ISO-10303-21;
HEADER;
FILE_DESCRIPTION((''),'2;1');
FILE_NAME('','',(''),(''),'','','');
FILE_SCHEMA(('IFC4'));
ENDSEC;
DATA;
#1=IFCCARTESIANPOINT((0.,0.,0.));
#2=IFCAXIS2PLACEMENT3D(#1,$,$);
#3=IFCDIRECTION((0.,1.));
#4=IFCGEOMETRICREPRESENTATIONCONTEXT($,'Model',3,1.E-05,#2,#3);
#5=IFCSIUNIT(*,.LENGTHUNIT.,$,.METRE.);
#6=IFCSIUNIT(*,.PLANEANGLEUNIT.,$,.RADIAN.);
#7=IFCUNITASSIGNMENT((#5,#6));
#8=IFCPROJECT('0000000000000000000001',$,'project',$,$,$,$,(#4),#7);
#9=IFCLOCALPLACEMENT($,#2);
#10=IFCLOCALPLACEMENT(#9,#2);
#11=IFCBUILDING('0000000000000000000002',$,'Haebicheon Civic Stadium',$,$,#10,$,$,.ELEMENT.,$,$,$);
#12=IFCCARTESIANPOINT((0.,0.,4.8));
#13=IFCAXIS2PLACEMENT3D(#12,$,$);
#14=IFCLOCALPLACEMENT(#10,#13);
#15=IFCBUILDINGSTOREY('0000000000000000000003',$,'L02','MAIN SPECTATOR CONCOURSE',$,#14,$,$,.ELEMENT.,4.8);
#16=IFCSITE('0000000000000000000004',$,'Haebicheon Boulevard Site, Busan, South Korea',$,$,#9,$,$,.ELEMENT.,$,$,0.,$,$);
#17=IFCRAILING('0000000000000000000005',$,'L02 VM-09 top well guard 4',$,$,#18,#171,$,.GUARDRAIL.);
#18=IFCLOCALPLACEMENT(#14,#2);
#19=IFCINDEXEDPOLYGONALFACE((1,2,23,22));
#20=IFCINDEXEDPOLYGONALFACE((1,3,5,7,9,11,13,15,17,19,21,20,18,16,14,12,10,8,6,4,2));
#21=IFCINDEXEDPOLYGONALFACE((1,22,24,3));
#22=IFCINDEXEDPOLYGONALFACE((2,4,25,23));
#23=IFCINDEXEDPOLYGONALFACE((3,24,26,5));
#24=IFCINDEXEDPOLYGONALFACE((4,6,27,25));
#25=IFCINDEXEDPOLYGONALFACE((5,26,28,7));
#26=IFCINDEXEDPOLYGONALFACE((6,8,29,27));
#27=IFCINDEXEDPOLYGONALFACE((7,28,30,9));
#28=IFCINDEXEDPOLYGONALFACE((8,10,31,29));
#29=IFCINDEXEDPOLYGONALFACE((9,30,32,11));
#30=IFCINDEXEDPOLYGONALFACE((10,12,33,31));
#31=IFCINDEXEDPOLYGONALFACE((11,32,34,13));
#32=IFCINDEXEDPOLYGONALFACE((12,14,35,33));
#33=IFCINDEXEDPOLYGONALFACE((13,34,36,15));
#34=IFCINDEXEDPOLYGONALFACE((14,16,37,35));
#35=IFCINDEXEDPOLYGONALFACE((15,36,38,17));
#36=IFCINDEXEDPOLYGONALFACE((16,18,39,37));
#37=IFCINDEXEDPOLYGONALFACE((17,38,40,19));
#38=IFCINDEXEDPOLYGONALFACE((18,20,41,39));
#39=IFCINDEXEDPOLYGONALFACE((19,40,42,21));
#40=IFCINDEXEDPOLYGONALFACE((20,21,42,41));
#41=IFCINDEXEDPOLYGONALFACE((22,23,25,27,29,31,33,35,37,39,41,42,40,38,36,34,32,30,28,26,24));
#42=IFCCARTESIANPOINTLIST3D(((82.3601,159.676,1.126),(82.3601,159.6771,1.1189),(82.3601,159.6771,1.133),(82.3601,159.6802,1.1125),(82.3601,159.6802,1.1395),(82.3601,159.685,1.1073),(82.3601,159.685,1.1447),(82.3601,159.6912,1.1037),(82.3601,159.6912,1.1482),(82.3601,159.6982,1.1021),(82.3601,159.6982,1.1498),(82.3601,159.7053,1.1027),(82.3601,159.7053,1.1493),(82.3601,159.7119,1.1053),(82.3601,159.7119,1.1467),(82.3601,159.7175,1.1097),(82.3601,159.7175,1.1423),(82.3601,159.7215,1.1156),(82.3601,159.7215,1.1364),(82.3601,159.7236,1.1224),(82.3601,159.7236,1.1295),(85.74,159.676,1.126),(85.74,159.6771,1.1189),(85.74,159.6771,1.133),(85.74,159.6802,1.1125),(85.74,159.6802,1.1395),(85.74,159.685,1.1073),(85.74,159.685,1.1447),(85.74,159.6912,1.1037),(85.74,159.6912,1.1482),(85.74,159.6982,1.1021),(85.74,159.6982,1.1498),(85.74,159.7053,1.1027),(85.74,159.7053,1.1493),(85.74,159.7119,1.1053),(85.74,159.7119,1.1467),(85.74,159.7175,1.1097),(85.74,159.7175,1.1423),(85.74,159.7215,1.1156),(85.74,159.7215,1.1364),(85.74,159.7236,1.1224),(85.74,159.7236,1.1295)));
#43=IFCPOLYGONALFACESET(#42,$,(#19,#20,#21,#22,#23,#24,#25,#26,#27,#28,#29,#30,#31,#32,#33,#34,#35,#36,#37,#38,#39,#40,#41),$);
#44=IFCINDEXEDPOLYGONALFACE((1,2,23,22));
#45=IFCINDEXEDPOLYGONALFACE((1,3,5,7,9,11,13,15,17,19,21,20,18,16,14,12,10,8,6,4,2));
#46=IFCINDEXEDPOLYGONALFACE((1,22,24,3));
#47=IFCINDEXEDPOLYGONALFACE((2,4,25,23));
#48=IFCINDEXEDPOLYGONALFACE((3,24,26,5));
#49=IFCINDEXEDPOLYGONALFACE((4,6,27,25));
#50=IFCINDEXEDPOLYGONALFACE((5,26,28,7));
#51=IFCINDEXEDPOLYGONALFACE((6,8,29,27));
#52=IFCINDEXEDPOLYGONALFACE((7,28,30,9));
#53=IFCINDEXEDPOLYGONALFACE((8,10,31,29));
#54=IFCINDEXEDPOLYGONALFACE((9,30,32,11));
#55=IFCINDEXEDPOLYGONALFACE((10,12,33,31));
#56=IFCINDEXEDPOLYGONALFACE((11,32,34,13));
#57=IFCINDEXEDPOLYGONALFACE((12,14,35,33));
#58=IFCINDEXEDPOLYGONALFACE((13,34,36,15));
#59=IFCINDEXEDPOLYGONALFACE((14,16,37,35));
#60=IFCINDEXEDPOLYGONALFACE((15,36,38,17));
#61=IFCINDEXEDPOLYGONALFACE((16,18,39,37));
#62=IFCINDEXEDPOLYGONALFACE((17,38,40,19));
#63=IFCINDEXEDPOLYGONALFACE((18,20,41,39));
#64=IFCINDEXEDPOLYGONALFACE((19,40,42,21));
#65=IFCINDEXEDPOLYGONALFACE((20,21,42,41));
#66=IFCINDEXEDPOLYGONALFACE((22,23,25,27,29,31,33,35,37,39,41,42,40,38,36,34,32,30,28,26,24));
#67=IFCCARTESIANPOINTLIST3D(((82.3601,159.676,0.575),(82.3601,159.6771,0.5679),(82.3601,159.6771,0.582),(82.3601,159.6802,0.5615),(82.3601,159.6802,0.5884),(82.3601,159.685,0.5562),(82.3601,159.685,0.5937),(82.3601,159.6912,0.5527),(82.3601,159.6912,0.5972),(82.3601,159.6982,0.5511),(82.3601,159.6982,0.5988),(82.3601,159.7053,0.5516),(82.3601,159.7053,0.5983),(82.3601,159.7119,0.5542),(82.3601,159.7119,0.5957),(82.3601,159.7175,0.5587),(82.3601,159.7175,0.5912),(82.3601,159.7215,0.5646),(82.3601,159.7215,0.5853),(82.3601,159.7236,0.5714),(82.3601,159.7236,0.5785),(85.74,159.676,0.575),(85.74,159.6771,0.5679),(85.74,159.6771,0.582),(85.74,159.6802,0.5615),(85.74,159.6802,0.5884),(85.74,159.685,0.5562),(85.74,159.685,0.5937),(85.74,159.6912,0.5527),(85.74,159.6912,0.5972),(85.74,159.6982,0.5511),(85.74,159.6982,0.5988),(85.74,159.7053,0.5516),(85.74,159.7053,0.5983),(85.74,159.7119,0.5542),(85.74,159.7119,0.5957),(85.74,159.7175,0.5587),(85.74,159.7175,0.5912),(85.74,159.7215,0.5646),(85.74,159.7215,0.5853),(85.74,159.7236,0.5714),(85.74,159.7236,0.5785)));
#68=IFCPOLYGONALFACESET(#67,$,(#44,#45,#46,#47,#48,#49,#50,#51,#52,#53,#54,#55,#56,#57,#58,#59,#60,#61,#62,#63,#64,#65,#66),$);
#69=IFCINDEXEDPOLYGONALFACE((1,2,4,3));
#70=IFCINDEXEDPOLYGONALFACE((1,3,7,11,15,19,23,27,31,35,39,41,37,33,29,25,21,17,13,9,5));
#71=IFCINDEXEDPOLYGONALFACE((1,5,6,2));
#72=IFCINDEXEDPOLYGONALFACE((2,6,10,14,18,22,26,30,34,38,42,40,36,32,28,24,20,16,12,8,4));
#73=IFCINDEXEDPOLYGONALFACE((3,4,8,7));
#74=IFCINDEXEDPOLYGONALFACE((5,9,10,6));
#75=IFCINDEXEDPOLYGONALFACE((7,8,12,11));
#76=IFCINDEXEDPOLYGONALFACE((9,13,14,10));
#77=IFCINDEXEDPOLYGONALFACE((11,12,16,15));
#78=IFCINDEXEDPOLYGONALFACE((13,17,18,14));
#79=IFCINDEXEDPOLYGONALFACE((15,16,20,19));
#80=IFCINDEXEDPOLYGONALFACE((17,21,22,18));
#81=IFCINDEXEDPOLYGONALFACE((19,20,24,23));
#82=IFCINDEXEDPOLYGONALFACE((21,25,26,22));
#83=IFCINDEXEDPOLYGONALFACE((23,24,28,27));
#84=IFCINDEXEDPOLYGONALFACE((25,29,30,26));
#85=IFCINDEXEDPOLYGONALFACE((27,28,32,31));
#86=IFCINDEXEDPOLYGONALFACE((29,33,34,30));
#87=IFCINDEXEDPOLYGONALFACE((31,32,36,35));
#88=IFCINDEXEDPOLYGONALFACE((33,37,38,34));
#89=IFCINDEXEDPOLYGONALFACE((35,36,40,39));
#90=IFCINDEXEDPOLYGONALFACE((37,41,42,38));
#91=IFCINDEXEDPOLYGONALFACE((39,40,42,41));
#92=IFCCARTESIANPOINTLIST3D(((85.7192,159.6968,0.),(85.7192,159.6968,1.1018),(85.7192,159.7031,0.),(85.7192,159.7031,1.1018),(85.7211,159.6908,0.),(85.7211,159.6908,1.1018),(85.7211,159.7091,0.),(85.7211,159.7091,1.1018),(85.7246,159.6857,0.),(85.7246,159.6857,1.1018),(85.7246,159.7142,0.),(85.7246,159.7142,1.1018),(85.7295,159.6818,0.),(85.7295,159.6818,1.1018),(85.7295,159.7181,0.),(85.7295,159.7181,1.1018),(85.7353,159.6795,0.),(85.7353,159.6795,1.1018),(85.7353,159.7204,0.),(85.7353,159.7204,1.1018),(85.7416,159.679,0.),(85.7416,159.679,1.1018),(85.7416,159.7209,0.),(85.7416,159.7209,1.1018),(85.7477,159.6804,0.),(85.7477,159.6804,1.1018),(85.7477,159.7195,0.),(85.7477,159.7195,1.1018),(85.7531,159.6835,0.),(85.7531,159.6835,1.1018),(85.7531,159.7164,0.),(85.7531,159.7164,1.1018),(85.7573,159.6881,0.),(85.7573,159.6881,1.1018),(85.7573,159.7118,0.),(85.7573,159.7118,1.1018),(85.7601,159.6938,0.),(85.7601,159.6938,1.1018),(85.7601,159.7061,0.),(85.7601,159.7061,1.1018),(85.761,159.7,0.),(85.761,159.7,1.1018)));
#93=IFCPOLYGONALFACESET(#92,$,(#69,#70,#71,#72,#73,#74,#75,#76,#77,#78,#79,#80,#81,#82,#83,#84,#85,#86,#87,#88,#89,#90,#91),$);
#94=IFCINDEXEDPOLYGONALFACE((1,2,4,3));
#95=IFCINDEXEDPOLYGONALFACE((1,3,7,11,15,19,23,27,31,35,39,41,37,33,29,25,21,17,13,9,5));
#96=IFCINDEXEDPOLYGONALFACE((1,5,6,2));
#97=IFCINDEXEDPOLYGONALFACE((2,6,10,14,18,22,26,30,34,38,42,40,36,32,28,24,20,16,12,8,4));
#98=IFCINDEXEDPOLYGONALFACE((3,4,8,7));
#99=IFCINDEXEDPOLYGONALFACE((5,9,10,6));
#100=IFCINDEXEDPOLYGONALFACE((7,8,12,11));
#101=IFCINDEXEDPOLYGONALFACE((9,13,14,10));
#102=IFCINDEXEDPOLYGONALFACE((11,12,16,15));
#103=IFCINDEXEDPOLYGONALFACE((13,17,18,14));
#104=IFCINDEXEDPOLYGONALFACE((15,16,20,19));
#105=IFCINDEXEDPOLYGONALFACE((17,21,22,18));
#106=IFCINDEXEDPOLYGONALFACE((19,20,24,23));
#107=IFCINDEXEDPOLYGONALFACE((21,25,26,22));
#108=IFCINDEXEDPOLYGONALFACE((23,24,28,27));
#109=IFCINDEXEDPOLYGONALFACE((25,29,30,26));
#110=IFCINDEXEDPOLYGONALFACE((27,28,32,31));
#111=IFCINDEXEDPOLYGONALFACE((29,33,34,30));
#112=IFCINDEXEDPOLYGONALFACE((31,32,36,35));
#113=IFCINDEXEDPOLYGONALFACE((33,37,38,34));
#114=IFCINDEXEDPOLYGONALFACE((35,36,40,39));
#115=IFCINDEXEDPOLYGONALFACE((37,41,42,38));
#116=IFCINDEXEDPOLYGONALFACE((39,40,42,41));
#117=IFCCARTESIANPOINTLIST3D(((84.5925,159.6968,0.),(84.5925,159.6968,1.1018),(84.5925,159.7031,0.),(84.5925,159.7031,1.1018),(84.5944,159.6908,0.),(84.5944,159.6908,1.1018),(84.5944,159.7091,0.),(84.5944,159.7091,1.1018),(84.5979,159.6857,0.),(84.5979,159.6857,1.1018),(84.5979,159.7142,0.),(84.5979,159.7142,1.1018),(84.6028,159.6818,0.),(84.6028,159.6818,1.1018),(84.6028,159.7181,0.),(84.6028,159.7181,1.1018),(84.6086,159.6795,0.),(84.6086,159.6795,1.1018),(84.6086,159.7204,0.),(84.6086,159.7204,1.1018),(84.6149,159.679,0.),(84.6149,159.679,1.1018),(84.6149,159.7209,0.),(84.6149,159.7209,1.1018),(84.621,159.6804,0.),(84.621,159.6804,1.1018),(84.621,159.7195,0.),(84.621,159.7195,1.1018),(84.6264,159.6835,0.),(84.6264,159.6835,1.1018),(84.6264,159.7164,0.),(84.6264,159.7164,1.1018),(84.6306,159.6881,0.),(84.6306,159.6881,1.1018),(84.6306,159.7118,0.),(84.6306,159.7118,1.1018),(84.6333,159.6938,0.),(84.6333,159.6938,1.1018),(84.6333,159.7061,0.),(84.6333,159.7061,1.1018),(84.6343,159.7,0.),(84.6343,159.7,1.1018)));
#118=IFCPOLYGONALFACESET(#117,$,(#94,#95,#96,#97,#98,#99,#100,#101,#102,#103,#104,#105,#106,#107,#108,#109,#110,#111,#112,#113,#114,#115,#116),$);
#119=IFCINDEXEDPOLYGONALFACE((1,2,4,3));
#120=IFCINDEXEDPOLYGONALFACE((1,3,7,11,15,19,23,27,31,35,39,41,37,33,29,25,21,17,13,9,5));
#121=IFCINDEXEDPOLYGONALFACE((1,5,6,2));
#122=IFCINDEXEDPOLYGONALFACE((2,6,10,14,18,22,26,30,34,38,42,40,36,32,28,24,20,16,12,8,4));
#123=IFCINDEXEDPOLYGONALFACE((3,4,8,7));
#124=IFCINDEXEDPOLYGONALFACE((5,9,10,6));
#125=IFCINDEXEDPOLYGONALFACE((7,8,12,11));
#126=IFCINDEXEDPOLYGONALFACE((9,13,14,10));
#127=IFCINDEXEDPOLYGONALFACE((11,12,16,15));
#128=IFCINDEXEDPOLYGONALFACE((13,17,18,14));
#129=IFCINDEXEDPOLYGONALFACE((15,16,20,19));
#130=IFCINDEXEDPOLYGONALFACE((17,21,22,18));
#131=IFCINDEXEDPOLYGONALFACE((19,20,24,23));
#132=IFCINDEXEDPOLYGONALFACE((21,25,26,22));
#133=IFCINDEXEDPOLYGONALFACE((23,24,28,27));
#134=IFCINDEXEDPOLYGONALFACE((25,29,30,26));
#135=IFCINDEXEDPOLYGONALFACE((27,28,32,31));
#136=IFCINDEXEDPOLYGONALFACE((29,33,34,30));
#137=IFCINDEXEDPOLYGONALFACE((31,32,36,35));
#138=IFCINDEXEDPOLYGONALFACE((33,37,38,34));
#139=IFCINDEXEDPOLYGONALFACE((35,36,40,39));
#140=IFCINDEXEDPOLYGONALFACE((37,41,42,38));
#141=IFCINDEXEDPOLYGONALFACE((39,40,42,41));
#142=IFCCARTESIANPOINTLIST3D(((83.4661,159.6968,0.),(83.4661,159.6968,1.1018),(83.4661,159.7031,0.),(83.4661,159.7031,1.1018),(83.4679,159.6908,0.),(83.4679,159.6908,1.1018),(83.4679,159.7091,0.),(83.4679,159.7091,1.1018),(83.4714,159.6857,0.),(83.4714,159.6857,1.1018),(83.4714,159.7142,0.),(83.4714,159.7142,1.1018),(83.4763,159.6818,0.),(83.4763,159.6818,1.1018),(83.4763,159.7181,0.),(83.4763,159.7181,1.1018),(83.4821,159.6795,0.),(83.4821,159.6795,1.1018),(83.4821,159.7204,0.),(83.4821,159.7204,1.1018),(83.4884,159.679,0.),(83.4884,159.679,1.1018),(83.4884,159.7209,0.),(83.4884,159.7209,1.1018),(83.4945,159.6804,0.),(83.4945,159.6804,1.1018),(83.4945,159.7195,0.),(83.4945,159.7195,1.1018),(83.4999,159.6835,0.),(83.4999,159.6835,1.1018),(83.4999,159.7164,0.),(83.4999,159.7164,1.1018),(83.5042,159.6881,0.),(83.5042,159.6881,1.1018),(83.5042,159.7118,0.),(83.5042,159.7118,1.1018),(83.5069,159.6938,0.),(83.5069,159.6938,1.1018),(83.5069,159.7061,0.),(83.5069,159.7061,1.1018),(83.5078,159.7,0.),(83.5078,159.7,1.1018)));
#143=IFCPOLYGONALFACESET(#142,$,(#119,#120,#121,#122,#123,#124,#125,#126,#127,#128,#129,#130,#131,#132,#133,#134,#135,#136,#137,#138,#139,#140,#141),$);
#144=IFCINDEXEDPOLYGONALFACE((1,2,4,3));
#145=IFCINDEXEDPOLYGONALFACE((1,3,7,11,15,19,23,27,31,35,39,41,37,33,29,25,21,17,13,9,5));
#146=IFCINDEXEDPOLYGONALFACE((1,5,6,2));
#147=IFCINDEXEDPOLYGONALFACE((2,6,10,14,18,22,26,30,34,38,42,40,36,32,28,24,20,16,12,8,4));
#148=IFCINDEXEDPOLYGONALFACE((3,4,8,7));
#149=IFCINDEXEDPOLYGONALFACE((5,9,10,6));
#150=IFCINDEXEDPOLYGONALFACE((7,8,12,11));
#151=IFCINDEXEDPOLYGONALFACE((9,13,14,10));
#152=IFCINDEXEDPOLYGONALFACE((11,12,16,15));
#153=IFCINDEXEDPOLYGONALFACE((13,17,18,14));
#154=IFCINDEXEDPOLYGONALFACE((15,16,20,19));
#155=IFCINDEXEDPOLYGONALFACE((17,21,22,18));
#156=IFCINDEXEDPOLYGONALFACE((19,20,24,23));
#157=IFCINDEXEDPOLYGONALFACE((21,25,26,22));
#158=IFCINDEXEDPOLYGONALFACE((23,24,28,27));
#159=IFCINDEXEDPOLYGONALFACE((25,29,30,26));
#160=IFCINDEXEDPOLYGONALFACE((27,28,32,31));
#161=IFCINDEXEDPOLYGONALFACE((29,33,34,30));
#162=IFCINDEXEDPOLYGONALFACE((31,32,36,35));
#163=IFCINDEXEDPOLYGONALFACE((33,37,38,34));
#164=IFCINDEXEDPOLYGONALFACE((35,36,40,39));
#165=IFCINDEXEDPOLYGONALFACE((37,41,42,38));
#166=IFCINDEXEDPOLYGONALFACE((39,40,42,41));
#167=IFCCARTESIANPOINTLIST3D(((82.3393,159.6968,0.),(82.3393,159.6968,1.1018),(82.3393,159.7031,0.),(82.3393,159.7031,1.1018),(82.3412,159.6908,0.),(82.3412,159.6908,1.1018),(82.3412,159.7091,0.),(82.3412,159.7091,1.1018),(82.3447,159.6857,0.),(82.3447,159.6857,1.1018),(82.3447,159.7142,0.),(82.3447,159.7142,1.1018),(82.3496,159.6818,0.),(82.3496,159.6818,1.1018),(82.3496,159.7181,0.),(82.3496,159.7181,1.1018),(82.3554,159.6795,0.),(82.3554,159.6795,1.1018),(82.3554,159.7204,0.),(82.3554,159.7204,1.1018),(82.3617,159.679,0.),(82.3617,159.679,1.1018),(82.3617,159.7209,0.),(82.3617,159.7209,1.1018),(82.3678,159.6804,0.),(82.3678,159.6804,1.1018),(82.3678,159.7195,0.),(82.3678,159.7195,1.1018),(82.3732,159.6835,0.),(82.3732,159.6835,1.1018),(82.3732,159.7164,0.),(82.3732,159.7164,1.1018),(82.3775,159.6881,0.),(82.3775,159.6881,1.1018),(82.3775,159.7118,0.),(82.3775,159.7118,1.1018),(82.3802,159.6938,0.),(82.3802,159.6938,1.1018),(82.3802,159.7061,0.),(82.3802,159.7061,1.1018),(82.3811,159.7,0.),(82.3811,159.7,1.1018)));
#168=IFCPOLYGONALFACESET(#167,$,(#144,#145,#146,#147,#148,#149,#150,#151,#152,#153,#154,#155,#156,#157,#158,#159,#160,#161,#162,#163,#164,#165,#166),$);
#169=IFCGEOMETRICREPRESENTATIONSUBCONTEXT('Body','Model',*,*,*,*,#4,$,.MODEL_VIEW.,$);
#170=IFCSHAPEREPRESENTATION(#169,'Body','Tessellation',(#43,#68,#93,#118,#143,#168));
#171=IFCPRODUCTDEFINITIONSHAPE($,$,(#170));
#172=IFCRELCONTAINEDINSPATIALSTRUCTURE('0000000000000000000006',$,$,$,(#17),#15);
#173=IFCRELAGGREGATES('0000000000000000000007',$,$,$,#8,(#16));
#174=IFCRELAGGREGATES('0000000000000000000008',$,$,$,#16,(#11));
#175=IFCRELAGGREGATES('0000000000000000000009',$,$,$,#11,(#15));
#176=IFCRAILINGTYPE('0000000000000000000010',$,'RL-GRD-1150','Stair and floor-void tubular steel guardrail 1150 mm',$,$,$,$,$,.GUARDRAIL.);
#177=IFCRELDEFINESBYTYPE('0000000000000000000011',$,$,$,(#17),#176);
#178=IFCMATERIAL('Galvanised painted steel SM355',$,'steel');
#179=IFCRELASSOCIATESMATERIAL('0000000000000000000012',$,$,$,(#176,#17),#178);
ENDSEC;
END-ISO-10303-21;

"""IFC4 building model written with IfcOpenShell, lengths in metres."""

from ifc_helpers import new_model, si_unit, direction, frame, origin, origin_2d, place, context, subcontext, project, spatial, circle, extrude, material, type_object, element, save


model = new_model("IFC4")

# Units and contexts
model_context = context("Model", 3, precision=1e-05, world=origin(), true_north=direction((0.0, 1.0)))
body_context = subcontext(model_context, "Body", "Model", "MODEL_VIEW")
ifc_project = project(units=[si_unit("LENGTHUNIT", "METRE"), si_unit("PLANEANGLEUNIT", "RADIAN")], contexts=[model_context])

# Site, building, storey
site_placement = place(None, origin())
site = spatial("IfcSite", under=ifc_project, at=site_placement, Name="Haebicheon Boulevard Site, Busan, South Korea", CompositionType="ELEMENT", RefElevation=0.0)
building_placement = place(site_placement, origin())
building = spatial("IfcBuilding", under=site, at=building_placement, Name="Haebicheon Civic Stadium", CompositionType="ELEMENT")
storey_placement = place(building_placement, frame((0.0, 0.0, 4.8)))
storey = spatial("IfcBuildingStorey", under=building, at=storey_placement, Name="L02", Description="MAIN SPECTATOR CONCOURSE", CompositionType="ELEMENT", Elevation=4.8)

# Railing
ifc_material_1 = material(Name="Galvanised painted steel SM355", Category="steel")
railing_type_1 = type_object("IfcRailingType", Name="RL-GRD-1150", Description="Stair and floor-void tubular steel guardrail 1150 mm", PredefinedType="GUARDRAIL", material=ifc_material_1)
railing_1_placement = place(storey_placement, frame((85.74, 159.7, 0.0)))
element("IfcRailing", 1, at=railing_1_placement, inside=storey, type_object=railing_type_1, material=ifc_material_1, Name="L02 VM-09 top well guard 4", PredefinedType="GUARDRAIL", context=body_context, shape_type="SweptSolid", body=[
    extrude(circle(Radius=0.0239, at=origin_2d()), frame((0.0, 0.0, 1.126), z_axis=(-1.0, 0.0, 0.0), x_axis=(0.0, -1.0, 0.0)), (0.0, 0.0, 1.0), 3.3799),
    extrude(circle(Radius=0.0239, at=origin_2d()), frame((0.0, 0.0, 0.575), z_axis=(-1.0, 0.0, 0.0), x_axis=(0.0, -1.0, 0.0)), (0.0, 0.0, 1.0), 3.3799),
    extrude(circle(Radius=0.021, at=origin_2d()), origin(), (0.0, 0.0, 1.0), 1.1018),
    extrude(circle(Radius=0.021, at=origin_2d()), frame((-1.1267, 0.0, 0.0)), (0.0, 0.0, 1.0), 1.1018),
    extrude(circle(Radius=0.021, at=origin_2d()), frame((-2.2532, 0.0, 0.0)), (0.0, 0.0, 1.0), 1.1018),
    extrude(circle(Radius=0.021, at=origin_2d()), frame((-3.3799, 0.0, 0.0)), (0.0, 0.0, 1.0), 1.1018),
])

save(model, "model.ifc")
